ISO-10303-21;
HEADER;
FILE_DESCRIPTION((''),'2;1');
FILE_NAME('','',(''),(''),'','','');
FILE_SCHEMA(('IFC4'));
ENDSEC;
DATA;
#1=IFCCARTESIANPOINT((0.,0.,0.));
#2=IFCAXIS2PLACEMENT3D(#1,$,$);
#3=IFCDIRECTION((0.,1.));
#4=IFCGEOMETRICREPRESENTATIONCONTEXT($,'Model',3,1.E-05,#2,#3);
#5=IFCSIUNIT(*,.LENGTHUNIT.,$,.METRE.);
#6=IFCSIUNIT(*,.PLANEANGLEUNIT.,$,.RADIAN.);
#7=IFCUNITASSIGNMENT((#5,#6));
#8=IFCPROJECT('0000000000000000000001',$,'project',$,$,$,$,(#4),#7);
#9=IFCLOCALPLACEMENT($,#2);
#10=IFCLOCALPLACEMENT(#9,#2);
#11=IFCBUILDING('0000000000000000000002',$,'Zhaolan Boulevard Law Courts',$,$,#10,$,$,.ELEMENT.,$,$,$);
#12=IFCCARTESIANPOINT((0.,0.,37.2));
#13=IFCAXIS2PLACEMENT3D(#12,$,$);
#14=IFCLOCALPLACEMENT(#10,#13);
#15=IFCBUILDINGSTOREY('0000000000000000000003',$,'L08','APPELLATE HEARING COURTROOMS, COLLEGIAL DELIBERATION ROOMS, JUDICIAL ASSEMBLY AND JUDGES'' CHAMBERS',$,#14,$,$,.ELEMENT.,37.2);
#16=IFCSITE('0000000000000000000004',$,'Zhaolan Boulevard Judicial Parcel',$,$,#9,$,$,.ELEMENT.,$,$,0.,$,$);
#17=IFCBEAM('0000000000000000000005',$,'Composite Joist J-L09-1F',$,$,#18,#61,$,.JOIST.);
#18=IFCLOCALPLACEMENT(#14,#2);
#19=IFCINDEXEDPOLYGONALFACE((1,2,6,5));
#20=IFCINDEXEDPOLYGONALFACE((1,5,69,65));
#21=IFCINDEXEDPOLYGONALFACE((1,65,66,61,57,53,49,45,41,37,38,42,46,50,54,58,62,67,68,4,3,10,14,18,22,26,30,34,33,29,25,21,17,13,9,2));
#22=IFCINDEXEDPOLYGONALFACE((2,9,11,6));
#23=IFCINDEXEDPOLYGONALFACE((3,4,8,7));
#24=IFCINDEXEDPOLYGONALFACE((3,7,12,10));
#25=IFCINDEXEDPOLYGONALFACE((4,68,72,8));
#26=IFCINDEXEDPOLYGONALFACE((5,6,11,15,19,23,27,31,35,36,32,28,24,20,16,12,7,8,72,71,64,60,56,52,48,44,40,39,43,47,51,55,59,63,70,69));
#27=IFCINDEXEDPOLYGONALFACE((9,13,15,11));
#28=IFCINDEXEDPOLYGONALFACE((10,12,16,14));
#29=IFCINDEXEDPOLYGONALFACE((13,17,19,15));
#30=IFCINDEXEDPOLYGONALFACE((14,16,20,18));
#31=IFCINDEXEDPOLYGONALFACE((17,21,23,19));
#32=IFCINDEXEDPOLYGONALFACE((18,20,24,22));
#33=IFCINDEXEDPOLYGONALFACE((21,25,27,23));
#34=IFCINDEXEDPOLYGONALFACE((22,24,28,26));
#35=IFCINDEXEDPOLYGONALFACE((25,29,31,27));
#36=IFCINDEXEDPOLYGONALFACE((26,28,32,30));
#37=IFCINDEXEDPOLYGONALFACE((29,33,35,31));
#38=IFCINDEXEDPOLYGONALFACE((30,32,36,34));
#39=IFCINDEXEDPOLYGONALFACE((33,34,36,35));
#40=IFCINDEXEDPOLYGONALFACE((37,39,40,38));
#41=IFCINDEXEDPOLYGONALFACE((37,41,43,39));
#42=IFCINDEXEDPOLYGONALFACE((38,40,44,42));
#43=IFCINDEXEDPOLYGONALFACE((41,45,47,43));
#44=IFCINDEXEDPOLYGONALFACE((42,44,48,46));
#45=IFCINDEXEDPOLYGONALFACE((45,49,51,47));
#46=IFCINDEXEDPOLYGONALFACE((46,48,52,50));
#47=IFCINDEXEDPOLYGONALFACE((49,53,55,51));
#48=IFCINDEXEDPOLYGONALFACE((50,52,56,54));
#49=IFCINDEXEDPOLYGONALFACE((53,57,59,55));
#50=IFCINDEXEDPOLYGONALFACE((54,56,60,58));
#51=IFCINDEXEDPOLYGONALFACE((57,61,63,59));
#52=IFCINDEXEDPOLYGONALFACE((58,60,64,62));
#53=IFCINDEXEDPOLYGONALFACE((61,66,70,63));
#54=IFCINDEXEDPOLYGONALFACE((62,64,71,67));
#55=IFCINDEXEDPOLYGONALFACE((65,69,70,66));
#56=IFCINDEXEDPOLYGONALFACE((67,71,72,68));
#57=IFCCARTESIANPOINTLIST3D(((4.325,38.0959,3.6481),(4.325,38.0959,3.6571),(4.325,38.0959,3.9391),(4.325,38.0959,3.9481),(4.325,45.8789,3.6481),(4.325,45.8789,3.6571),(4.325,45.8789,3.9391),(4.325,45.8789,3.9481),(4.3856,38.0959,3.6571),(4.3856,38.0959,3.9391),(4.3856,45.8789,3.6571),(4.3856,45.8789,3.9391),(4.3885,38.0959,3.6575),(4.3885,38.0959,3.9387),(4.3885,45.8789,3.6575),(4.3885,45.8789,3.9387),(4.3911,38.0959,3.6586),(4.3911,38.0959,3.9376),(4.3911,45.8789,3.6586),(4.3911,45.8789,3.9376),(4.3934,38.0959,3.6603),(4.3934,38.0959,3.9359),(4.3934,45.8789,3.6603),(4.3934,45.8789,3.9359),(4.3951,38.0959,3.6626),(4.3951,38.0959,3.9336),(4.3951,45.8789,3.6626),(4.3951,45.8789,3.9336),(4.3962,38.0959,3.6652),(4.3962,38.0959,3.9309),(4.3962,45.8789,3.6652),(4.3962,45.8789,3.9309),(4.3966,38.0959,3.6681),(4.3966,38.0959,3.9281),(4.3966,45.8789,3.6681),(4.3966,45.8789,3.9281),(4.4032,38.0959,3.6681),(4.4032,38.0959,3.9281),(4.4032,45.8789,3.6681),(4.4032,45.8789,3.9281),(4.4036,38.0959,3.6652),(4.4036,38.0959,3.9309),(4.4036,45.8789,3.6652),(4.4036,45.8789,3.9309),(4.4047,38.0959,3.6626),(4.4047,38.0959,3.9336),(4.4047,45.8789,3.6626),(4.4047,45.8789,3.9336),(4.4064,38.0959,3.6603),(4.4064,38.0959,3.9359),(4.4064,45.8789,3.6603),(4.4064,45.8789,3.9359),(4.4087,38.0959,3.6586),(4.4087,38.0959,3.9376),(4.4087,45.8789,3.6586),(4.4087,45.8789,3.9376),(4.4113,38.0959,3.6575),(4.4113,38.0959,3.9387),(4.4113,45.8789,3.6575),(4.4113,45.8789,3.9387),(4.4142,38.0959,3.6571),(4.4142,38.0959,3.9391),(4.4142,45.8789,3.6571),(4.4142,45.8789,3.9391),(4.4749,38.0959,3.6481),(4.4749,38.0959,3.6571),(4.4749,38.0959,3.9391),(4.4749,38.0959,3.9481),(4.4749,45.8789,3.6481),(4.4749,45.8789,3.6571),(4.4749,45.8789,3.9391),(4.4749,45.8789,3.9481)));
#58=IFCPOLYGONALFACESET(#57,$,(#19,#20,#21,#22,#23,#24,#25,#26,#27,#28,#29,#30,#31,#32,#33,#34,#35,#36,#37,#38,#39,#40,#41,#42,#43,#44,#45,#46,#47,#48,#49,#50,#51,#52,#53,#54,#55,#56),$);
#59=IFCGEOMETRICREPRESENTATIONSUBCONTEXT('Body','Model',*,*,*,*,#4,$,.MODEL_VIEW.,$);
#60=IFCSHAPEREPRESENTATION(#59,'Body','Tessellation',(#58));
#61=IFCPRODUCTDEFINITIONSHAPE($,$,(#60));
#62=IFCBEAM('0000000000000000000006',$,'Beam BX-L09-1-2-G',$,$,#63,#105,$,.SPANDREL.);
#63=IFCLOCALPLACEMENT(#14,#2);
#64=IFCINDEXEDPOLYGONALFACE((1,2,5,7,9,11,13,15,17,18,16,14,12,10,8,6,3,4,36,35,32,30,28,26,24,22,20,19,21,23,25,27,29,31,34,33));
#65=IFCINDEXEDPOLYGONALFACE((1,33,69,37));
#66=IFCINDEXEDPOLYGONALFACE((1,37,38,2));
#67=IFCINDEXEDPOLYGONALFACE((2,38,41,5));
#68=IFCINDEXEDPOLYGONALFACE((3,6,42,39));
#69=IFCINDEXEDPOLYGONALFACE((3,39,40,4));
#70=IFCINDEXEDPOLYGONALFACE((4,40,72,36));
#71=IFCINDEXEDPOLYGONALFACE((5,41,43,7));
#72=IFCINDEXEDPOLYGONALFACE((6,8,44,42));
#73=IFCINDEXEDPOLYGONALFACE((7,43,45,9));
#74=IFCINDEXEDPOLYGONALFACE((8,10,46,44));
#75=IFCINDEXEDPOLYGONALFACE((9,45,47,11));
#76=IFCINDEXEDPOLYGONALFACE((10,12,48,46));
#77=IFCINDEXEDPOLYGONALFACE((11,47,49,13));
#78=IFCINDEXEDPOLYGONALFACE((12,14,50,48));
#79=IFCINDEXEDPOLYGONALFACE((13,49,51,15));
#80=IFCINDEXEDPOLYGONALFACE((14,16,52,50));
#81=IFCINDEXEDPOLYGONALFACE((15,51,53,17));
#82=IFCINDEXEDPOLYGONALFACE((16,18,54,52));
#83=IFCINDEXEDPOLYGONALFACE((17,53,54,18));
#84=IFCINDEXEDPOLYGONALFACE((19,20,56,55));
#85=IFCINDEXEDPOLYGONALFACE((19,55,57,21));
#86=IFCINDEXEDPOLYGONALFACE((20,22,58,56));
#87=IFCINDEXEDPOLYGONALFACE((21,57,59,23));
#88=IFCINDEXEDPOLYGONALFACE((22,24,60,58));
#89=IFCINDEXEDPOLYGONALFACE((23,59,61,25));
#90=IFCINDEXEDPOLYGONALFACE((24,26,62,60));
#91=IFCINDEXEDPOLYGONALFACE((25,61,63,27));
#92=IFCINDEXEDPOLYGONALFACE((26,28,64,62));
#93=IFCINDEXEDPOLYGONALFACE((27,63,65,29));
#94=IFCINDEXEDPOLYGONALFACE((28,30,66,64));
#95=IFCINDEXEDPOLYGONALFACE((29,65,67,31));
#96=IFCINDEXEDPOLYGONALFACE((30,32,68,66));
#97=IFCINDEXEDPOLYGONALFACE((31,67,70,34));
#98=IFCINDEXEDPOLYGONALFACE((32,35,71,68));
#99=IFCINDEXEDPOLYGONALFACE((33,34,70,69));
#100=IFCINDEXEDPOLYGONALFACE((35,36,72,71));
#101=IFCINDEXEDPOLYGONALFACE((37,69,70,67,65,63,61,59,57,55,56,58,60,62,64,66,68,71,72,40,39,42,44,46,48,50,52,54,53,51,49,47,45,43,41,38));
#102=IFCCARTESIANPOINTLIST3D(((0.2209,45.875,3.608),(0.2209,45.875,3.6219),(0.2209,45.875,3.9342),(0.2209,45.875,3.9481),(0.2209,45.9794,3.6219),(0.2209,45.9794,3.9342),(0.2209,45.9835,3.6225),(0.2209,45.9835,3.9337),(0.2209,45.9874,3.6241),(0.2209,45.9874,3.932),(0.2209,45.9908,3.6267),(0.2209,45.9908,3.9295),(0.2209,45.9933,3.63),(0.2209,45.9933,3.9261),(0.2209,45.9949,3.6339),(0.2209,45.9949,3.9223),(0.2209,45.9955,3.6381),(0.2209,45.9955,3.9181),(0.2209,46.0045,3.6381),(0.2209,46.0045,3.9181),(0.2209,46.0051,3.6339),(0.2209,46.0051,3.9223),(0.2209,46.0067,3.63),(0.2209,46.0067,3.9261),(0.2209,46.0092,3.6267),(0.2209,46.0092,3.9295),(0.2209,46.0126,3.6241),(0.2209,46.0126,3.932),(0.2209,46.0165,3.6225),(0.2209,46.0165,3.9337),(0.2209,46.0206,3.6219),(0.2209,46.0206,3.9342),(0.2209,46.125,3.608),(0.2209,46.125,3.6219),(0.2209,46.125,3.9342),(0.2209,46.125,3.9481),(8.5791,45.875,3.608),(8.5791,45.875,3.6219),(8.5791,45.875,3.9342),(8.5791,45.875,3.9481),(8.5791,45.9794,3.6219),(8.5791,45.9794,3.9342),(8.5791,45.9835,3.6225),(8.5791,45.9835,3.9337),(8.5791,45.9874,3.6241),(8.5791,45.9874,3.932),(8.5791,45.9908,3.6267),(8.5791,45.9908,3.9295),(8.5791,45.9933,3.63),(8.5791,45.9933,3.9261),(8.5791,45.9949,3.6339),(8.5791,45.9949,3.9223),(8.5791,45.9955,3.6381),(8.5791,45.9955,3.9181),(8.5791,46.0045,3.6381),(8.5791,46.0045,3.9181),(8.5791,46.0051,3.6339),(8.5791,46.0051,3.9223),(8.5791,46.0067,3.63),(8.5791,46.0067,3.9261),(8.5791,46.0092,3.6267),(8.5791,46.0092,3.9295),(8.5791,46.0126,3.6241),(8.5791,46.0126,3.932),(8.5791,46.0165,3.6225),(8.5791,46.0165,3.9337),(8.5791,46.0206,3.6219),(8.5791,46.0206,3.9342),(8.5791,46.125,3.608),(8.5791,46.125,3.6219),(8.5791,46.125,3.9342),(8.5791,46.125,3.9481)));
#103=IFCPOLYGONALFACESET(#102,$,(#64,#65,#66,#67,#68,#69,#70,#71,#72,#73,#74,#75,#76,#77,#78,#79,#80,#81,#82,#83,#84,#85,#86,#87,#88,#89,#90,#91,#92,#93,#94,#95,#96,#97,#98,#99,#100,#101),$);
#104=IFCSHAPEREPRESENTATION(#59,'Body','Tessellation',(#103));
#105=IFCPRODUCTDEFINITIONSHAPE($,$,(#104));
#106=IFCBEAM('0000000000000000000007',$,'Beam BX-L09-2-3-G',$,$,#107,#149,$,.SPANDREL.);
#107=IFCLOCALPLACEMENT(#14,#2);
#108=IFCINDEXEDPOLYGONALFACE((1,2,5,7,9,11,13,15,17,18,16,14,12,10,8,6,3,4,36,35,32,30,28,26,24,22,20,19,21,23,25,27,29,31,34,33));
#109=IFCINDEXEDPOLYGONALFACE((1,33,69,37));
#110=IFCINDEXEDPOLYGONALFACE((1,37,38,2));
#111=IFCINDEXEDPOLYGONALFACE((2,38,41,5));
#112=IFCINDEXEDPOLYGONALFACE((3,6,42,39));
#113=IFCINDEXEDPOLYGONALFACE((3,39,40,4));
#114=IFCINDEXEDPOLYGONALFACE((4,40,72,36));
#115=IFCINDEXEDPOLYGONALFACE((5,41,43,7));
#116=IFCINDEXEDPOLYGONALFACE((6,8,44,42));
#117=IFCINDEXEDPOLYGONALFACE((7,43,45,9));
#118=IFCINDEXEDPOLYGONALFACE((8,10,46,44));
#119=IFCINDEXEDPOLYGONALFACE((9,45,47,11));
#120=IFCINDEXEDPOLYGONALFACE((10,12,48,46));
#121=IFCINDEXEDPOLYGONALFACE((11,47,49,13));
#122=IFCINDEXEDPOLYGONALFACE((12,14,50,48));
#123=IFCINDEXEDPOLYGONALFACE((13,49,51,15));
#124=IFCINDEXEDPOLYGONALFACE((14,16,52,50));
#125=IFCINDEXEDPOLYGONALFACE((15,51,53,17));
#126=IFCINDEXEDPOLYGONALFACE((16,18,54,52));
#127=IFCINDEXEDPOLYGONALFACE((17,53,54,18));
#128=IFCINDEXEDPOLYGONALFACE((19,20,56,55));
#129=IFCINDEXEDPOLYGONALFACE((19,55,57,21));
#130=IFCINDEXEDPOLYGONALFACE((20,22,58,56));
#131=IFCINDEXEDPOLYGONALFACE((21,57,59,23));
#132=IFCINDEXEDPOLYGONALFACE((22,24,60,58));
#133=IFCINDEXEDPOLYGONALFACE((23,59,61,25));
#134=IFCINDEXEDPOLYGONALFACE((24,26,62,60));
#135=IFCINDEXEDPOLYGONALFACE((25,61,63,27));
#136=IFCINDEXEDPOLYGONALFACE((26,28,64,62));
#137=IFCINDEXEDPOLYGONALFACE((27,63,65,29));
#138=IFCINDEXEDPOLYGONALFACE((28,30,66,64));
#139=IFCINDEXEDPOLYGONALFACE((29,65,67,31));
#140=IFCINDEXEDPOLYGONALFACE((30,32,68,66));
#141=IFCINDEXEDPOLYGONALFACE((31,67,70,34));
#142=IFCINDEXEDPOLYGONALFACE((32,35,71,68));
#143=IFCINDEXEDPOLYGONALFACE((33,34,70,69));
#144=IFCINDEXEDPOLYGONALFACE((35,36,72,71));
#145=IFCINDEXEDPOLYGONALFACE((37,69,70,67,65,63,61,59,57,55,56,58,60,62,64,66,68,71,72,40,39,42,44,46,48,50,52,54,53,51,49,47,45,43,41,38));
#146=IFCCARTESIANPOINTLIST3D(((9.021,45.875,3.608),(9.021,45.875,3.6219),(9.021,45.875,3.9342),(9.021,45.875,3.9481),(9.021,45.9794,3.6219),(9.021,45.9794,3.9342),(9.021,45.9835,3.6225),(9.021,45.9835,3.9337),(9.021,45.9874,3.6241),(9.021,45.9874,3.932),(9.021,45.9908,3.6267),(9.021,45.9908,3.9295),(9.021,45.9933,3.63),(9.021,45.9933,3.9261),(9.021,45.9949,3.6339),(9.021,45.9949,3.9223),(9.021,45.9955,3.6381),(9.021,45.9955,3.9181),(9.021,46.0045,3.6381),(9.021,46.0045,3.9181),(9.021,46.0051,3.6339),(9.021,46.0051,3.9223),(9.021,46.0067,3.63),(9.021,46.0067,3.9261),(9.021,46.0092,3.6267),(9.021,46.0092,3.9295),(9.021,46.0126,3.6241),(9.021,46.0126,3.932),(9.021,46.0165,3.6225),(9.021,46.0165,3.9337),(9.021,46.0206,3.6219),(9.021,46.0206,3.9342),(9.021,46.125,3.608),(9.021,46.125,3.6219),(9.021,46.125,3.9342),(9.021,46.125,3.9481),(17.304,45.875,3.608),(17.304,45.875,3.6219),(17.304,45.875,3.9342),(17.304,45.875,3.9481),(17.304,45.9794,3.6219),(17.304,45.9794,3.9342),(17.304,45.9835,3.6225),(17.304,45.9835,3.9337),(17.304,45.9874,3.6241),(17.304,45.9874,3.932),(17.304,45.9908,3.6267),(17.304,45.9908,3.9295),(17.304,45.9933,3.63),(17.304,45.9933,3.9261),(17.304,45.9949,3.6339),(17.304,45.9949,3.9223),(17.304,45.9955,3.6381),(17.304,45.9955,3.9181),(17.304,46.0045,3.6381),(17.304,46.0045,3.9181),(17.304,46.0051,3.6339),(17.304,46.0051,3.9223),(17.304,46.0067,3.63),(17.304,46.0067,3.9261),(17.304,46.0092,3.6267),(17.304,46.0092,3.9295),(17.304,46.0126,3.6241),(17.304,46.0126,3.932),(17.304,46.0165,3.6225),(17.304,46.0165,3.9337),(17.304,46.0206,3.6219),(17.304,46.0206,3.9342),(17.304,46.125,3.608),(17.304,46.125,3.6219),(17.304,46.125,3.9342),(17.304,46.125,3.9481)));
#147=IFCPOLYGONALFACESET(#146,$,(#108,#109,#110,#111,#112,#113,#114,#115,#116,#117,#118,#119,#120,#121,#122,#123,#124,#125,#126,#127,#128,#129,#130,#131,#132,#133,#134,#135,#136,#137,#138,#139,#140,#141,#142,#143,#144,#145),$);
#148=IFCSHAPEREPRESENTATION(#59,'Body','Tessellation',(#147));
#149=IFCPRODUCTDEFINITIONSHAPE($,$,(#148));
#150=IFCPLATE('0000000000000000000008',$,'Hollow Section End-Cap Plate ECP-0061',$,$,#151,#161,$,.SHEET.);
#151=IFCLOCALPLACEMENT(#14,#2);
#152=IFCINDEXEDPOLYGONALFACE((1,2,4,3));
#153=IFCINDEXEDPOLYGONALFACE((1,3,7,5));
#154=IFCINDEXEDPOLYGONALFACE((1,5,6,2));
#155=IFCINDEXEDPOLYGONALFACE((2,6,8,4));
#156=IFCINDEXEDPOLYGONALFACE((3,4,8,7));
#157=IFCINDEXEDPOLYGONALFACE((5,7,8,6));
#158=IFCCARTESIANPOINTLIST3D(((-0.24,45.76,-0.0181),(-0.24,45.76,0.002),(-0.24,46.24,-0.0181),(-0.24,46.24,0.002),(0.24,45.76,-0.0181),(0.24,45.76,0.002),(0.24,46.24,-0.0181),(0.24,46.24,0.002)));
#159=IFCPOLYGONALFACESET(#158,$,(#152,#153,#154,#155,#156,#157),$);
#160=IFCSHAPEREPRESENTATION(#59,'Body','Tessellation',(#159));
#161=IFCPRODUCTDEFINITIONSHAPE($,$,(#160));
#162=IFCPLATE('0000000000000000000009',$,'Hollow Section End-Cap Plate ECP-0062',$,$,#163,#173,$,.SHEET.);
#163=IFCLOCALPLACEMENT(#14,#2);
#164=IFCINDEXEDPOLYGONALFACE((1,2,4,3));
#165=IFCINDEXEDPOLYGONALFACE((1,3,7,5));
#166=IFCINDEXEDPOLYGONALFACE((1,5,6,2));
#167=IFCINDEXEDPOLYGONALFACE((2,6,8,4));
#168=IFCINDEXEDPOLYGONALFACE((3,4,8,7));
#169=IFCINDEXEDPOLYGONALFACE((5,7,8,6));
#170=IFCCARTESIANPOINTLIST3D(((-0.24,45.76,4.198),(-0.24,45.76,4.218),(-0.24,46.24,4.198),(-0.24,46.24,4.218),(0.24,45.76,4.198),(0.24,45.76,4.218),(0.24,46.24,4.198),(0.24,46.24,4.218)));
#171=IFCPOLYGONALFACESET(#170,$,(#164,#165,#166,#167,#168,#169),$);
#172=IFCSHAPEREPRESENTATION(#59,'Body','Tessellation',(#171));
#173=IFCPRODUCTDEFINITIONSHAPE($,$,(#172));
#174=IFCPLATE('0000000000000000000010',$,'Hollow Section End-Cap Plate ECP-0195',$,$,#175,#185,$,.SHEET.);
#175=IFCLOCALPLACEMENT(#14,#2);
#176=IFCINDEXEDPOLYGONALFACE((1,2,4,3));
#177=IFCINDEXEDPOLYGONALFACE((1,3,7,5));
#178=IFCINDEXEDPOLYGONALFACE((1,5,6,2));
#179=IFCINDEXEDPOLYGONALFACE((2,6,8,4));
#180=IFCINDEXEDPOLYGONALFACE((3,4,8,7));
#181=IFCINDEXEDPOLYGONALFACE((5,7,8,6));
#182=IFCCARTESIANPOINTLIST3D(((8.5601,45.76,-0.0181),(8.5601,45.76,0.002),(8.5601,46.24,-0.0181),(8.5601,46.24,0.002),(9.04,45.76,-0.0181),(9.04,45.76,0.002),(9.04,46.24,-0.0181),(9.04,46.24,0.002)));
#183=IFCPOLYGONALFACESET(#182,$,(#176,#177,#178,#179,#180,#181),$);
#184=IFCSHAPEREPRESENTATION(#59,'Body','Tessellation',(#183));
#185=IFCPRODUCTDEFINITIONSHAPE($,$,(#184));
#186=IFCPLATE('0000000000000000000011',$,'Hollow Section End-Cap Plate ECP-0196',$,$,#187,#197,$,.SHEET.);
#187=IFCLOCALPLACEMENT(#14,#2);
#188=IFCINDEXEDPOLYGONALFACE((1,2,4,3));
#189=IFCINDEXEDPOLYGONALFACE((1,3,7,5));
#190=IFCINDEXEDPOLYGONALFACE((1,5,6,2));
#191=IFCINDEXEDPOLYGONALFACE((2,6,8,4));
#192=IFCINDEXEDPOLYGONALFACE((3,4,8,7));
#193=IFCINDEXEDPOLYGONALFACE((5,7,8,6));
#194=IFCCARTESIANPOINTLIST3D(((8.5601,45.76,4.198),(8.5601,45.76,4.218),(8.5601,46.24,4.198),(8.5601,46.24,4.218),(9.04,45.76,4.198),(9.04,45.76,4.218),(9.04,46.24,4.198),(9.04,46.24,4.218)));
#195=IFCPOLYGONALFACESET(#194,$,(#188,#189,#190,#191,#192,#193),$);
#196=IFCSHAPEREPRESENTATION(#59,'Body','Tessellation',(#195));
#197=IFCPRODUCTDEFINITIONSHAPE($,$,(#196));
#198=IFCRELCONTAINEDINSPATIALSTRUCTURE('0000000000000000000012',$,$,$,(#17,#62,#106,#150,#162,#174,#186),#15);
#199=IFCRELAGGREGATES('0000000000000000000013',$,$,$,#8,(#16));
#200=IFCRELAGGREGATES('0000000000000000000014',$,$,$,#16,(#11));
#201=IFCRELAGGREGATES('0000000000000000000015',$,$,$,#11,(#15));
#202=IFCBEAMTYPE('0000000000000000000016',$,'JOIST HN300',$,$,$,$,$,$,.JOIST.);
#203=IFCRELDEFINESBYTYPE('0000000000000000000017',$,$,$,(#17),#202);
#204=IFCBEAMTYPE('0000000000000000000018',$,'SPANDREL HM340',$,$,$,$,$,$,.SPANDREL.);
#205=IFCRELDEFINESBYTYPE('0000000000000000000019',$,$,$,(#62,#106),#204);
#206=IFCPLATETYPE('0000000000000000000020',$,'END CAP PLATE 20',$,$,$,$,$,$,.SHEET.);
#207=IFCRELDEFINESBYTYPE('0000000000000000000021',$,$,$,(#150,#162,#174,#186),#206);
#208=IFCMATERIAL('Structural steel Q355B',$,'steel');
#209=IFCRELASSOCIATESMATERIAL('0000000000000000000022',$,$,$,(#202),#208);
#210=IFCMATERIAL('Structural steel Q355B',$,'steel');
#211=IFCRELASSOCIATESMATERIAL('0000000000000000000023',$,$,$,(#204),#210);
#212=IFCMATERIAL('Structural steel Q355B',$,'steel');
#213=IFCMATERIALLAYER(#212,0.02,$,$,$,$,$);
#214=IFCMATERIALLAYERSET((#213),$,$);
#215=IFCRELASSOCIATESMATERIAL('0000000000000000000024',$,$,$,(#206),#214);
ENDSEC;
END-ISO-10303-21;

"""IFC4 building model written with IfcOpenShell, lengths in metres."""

from ifc_helpers import new_model, si_unit, direction, frame, origin, origin_2d, place, context, subcontext, project, spatial, rectangle, i_section, extrude, material, layer, layer_set, material_profile, profile_set, type_object, element, save


model = new_model("IFC4")

# Units and contexts
model_context = context("Model", 3, precision=1e-05, world=origin(), true_north=direction((0.0, 1.0)))
body_context = subcontext(model_context, "Body", "Model", "MODEL_VIEW")
ifc_project = project(units=[si_unit("LENGTHUNIT", "METRE"), si_unit("PLANEANGLEUNIT", "RADIAN")], contexts=[model_context])

# Site, building, storey
site_placement = place(None, origin())
site = spatial("IfcSite", under=ifc_project, at=site_placement, Name="Zhaolan Boulevard Judicial Parcel", CompositionType="ELEMENT", RefElevation=0.0)
building_placement = place(site_placement, origin())
building = spatial("IfcBuilding", under=site, at=building_placement, Name="Zhaolan Boulevard Law Courts", CompositionType="ELEMENT")
storey_placement = place(building_placement, frame((0.0, 0.0, 37.2)))
storey = spatial("IfcBuildingStorey", under=building, at=storey_placement, Name="L08", Description="APPELLATE HEARING COURTROOMS, COLLEGIAL DELIBERATION ROOMS, JUDICIAL ASSEMBLY AND JUDGES' CHAMBERS", CompositionType="ELEMENT", Elevation=37.2)

# Beams
ifc_material_1 = material(Name="Structural steel Q355B", Category="steel")
ifc_material_profile_1 = material_profile(ifc_material_1, i_section(OverallWidth=0.1499, OverallDepth=0.3, WebThickness=0.0066, FlangeThickness=0.009, FilletRadius=0.011, at=origin_2d()), Name="HN300x150")
ifc_profile_set_1 = profile_set([ifc_material_profile_1], Name="Structural steel Q355B")
beam_type_1 = type_object("IfcBeamType", Name="JOIST HN300", PredefinedType="JOIST", material=ifc_profile_set_1)
beam_1_placement = place(storey_placement, frame((4.3999, 38.0959, 3.7981), z_axis=(0.0, 1.0, 0.0), x_axis=(-1.0, 0.0, 0.0)))
element("IfcBeam", 1, at=beam_1_placement, inside=storey, type_object=beam_type_1, Name="Composite Joist J-L09-1F", PredefinedType="JOIST", context=body_context, shape_type="SweptSolid", body=[
    extrude(i_section(OverallWidth=0.1499, OverallDepth=0.3, WebThickness=0.0066, FlangeThickness=0.009, FilletRadius=0.011, at=origin_2d()), origin(), (0.0, 0.0, 1.0), 7.783),
])
ifc_material_2 = material(Name="Structural steel Q355B", Category="steel")
ifc_material_profile_2 = material_profile(ifc_material_2, i_section(OverallWidth=0.25, OverallDepth=0.3401, WebThickness=0.009, FlangeThickness=0.0139, FilletRadius=0.0161, at=origin_2d()), Name="HM340x250")
ifc_profile_set_2 = profile_set([ifc_material_profile_2], Name="Structural steel Q355B")
beam_type_2 = type_object("IfcBeamType", Name="SPANDREL HM340", PredefinedType="SPANDREL", material=ifc_profile_set_2)
beam_2_placement = place(storey_placement, frame((0.2209, 46.0, 3.7781), z_axis=(1.0, 0.0, 0.0), x_axis=(0.0, 1.0, 0.0)))
element("IfcBeam", 2, at=beam_2_placement, inside=storey, type_object=beam_type_2, Name="Beam BX-L09-1-2-G", PredefinedType="SPANDREL", context=body_context, shape_type="SweptSolid", body=[
    extrude(i_section(OverallWidth=0.25, OverallDepth=0.3401, WebThickness=0.009, FlangeThickness=0.0139, FilletRadius=0.0161, at=origin_2d()), origin(), (0.0, 0.0, 1.0), 8.3582),
])
beam_3_placement = place(storey_placement, frame((9.021, 46.0, 3.7781), z_axis=(1.0, 0.0, 0.0), x_axis=(0.0, 1.0, 0.0)))
element("IfcBeam", 3, at=beam_3_placement, inside=storey, type_object=beam_type_2, Name="Beam BX-L09-2-3-G", PredefinedType="SPANDREL", context=body_context, shape_type="SweptSolid", body=[
    extrude(i_section(OverallWidth=0.25, OverallDepth=0.3401, WebThickness=0.009, FlangeThickness=0.0139, FilletRadius=0.0161, at=origin_2d()), origin(), (0.0, 0.0, 1.0), 8.283),
])

# Plates
ifc_material_3 = material(Name="Structural steel Q355B", Category="steel")
ifc_layer_1 = layer(ifc_material_3, 0.02)
ifc_layer_set_1 = layer_set([ifc_layer_1])
plate_type = type_object("IfcPlateType", Name="END CAP PLATE 20", PredefinedType="SHEET", material=ifc_layer_set_1)
for number, where, z_axis, x_axis, name in (
    (4, (0.0, 46.0, -0.0181), (0.0, 0.0, 1.0), (1.0, 0.0, 0.0), "Hollow Section End-Cap Plate ECP-0061"),
    (5, (0.0, 46.0, 4.198), (0.0, 0.0, 1.0), (1.0, 0.0, 0.0), "Hollow Section End-Cap Plate ECP-0062"),
    (6, (8.8, 46.0, -0.0181), (0.0, 0.0, 1.0), (1.0, 0.0, 0.0), "Hollow Section End-Cap Plate ECP-0195"),
    (7, (8.8, 46.0, 4.198), (0.0, 0.0, 1.0), (1.0, 0.0, 0.0), "Hollow Section End-Cap Plate ECP-0196"),
):
    element("IfcPlate", number, at=place(storey_placement, frame(where, z_axis=z_axis, x_axis=x_axis)), inside=storey, type_object=plate_type, Name=name, PredefinedType="SHEET", context=body_context, shape_type="SweptSolid", body=[
        extrude(rectangle(XDim=0.48, YDim=0.48, at=origin_2d()), origin(), (0.0, 0.0, 1.0), 0.02),
    ])

save(model, "model.ifc")
